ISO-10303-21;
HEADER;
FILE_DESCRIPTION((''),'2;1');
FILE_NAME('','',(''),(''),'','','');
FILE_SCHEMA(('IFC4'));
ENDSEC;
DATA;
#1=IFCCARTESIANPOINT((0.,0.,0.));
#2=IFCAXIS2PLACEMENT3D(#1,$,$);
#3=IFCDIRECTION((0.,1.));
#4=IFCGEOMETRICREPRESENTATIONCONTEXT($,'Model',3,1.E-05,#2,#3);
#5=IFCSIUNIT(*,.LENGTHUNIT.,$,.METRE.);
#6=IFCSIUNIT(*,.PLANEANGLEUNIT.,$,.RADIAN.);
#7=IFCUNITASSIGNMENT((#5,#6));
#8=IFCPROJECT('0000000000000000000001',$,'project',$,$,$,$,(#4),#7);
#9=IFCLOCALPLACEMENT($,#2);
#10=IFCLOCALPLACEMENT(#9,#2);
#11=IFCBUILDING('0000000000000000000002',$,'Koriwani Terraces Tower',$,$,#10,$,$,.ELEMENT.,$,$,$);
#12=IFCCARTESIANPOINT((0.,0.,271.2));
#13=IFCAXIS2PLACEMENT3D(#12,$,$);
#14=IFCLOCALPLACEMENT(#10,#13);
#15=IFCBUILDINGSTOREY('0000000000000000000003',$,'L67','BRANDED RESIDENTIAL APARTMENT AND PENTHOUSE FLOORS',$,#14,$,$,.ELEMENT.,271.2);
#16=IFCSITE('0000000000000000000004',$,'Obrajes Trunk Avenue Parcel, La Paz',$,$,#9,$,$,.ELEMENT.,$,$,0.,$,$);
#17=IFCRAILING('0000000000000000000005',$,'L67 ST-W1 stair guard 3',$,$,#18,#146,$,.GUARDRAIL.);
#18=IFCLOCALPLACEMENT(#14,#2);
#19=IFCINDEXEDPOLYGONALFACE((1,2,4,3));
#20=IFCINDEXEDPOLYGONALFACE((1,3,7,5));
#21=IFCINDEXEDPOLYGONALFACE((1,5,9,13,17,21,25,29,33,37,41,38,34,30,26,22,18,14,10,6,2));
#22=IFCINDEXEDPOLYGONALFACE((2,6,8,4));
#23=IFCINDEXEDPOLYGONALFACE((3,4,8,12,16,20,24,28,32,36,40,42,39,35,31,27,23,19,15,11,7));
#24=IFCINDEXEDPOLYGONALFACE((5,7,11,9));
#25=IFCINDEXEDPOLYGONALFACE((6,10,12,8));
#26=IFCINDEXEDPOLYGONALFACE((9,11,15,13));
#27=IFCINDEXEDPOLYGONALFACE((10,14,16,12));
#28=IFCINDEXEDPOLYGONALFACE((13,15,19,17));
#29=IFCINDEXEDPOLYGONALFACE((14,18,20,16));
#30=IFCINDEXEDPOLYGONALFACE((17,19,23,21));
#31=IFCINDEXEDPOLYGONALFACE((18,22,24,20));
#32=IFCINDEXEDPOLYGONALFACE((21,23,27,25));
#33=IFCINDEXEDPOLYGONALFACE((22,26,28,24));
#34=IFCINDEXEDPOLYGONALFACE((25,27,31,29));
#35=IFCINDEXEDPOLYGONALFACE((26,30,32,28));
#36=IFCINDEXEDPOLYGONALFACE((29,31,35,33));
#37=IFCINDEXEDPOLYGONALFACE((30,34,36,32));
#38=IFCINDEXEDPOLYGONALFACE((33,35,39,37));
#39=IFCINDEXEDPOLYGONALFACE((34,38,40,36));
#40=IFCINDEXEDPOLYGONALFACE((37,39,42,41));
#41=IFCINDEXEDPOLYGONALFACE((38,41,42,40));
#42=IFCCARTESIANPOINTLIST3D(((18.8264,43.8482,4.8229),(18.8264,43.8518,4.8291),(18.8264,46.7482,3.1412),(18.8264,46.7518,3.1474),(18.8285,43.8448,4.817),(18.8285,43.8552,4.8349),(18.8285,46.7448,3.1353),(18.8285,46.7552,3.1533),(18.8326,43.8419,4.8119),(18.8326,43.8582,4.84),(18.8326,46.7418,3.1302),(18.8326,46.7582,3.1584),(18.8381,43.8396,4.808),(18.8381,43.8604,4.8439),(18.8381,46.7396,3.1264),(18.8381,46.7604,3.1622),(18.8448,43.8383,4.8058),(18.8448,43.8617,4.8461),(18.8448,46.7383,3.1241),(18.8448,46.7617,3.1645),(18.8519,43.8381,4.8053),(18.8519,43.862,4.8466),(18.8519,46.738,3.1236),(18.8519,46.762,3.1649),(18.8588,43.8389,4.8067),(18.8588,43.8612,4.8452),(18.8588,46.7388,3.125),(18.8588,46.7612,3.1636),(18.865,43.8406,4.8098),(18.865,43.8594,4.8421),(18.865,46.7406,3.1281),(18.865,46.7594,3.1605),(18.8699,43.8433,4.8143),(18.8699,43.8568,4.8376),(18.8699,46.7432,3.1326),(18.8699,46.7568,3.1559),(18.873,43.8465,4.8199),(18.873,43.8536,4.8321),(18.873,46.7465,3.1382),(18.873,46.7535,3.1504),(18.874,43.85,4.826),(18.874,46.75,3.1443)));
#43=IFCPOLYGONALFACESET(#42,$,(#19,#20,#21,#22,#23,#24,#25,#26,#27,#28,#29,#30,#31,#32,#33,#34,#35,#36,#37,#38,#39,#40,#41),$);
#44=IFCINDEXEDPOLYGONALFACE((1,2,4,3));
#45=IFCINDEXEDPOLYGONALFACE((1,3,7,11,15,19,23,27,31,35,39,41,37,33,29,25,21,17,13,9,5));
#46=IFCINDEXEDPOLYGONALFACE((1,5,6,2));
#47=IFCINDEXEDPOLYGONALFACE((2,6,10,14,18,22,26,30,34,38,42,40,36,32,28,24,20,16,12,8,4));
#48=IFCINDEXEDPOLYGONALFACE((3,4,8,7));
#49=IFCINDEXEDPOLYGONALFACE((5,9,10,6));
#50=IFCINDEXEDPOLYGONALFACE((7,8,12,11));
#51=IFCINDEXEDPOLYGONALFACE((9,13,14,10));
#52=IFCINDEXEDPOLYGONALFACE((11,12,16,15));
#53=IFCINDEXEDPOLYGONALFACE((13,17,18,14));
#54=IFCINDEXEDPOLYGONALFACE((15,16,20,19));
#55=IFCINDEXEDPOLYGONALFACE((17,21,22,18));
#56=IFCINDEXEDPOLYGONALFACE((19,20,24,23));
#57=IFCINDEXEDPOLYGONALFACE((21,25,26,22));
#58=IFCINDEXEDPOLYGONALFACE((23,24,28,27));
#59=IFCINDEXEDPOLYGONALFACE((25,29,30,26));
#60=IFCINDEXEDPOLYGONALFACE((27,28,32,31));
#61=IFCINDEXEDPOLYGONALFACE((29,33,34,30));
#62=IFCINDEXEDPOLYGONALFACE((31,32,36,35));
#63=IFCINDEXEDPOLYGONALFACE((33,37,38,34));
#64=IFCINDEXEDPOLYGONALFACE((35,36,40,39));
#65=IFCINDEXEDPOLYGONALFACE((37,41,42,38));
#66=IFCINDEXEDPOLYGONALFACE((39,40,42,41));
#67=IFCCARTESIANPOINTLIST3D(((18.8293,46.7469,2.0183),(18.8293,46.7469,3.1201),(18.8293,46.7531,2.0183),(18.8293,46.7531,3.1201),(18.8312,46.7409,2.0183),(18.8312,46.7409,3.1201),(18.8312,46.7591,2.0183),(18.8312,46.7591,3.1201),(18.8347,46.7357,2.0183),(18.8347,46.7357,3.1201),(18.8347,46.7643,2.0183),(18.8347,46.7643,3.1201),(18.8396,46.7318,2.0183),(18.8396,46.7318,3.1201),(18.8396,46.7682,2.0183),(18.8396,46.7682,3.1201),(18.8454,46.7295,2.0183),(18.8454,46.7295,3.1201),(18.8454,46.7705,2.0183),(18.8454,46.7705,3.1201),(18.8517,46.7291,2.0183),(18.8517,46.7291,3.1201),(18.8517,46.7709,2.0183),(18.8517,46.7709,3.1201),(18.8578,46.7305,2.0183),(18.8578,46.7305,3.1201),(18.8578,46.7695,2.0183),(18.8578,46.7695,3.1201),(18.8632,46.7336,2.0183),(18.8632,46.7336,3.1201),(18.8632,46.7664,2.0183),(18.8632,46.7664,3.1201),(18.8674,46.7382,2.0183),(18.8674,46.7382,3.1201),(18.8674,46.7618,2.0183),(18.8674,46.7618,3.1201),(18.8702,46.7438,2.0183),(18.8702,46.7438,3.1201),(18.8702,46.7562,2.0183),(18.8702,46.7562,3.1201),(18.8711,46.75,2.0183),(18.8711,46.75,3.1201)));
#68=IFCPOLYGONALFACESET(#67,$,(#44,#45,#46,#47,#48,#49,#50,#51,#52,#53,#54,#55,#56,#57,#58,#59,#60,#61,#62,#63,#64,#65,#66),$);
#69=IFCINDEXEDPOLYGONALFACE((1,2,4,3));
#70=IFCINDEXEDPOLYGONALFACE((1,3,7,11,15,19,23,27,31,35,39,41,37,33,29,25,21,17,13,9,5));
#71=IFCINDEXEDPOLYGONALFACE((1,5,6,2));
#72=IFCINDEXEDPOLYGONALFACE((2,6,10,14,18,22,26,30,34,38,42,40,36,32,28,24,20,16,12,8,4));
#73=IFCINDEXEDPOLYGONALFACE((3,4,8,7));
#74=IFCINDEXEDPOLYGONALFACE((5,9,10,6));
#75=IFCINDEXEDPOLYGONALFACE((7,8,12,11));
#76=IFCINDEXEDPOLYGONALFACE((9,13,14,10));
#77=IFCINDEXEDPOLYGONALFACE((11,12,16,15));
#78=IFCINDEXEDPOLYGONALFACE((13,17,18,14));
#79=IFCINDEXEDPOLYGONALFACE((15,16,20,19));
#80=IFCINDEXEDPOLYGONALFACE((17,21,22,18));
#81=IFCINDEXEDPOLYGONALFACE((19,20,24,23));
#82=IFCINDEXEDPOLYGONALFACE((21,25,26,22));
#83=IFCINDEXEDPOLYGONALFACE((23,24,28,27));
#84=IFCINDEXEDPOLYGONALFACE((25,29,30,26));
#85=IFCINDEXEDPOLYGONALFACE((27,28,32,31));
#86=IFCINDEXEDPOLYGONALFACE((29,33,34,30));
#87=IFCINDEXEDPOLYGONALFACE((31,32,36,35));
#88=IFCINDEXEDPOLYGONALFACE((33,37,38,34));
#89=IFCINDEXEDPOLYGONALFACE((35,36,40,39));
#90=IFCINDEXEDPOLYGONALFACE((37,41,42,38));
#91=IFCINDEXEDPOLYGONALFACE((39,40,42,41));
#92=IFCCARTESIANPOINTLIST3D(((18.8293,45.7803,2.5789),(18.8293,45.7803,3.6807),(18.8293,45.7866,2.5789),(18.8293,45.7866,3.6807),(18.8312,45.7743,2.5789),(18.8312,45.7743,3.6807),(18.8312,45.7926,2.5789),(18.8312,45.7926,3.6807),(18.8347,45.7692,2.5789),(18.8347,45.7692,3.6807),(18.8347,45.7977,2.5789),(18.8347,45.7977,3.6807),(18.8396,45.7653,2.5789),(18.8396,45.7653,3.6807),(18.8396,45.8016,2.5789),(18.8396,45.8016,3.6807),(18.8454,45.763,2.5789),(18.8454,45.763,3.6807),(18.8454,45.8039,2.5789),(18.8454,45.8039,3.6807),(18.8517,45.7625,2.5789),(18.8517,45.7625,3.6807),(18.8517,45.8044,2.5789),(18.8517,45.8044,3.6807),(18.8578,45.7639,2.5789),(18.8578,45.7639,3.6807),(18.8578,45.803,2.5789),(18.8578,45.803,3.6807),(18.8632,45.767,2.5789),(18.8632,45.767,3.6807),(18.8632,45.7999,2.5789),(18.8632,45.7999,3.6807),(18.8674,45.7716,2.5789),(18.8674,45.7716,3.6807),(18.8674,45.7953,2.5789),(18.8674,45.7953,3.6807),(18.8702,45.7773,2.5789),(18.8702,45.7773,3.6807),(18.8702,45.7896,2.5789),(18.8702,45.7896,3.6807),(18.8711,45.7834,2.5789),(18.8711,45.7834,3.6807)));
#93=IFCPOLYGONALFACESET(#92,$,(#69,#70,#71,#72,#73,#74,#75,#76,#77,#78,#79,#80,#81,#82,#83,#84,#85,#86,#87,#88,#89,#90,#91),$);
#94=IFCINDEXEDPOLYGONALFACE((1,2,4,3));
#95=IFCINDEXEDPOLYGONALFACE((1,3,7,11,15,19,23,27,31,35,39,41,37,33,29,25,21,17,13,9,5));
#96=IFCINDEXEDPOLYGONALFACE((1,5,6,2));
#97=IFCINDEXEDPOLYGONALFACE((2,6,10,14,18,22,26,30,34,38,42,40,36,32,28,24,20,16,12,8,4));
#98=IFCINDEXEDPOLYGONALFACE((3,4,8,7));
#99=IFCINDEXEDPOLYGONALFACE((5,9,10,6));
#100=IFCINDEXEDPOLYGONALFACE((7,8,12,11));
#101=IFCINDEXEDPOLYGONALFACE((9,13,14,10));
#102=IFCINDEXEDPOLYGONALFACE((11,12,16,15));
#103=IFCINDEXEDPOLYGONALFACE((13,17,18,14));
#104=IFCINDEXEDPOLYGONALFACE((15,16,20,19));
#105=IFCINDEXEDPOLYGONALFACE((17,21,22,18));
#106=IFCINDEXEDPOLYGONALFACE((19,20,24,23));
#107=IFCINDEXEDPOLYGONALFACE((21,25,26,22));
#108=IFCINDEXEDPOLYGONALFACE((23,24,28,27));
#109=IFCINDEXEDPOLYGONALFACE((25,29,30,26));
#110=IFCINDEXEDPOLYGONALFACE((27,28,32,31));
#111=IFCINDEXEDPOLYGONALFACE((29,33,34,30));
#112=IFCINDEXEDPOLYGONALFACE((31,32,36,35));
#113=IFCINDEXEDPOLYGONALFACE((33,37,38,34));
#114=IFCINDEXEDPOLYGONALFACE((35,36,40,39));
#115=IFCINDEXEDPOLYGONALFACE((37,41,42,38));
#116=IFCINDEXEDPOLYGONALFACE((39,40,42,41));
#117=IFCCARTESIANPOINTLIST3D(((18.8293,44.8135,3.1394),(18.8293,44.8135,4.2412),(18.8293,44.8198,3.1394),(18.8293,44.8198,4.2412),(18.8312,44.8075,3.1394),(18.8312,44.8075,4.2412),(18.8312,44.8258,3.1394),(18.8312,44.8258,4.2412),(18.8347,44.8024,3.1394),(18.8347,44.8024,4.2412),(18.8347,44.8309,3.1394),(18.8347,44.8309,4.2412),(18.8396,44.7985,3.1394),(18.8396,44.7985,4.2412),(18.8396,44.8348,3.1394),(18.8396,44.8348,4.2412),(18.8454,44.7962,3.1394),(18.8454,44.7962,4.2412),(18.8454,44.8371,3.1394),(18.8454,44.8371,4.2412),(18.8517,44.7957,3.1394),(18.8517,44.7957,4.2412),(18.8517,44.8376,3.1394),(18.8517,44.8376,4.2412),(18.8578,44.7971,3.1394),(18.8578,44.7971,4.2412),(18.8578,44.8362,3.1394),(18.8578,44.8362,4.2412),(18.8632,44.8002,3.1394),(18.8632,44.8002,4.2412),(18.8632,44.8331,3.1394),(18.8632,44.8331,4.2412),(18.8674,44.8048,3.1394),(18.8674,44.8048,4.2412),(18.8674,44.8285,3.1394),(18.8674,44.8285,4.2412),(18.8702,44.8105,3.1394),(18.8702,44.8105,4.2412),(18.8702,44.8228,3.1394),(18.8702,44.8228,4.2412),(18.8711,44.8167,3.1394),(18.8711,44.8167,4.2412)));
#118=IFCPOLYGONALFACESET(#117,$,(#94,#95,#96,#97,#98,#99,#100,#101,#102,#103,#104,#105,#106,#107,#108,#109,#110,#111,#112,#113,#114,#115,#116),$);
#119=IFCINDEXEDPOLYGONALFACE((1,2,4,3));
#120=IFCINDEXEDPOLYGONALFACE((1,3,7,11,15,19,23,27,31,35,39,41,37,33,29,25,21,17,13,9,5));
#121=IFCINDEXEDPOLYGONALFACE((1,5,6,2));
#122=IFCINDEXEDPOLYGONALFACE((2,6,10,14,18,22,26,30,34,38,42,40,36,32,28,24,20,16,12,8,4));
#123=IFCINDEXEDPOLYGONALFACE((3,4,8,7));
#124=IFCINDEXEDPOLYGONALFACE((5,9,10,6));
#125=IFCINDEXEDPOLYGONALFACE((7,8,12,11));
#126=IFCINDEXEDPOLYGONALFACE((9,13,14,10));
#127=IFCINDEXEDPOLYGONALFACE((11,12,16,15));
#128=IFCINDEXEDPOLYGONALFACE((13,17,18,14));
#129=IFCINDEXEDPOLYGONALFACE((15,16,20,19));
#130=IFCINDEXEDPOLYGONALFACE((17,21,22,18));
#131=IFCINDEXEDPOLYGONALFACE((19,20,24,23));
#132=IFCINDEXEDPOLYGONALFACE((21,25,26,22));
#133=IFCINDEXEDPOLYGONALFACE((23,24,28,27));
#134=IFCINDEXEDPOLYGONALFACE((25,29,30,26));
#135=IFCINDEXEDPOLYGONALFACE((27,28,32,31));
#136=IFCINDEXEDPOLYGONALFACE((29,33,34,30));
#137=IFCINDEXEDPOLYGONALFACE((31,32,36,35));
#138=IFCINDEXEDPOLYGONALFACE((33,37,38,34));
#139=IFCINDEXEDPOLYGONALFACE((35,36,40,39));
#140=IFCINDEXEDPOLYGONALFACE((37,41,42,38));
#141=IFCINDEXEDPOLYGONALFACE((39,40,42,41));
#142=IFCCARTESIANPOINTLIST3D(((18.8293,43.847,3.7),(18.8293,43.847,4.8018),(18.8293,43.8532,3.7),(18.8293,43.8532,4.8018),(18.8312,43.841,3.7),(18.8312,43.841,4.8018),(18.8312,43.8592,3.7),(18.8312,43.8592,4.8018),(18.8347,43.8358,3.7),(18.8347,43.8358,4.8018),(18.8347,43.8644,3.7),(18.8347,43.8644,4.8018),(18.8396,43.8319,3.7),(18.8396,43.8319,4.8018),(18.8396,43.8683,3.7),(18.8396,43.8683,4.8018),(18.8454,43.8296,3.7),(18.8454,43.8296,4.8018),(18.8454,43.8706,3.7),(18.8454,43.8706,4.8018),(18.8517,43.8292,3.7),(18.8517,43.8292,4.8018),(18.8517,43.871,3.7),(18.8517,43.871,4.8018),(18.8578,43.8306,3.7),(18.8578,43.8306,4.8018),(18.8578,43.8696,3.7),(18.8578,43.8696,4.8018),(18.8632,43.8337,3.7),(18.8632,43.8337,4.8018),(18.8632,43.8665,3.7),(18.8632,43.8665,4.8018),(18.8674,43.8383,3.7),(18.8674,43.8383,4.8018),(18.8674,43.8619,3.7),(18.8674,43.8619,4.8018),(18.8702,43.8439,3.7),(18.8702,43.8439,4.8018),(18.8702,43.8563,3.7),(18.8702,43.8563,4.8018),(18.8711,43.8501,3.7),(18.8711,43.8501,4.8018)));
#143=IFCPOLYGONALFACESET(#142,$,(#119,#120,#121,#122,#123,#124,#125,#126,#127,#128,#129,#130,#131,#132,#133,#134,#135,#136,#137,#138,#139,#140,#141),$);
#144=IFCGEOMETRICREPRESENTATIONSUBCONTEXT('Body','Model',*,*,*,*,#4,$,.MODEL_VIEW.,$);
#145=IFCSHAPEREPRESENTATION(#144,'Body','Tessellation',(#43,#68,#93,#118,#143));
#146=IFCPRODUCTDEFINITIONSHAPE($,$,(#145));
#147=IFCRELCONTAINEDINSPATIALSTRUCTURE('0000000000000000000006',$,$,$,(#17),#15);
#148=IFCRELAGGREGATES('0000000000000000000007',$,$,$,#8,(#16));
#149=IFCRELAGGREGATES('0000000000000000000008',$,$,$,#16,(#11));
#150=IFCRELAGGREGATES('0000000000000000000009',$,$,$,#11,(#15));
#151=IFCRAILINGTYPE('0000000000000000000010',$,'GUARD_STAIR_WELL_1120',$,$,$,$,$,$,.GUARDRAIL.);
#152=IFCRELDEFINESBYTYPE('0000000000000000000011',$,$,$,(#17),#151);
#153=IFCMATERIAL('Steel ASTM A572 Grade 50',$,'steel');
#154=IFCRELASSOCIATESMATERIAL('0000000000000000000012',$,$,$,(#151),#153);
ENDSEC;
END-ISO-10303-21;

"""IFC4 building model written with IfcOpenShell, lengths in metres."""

from ifc_helpers import new_model, si_unit, direction, frame, origin, origin_2d, place, context, subcontext, project, spatial, circle, extrude, material, type_object, element, save


model = new_model("IFC4")

# Units and contexts
model_context = context("Model", 3, precision=1e-05, world=origin(), true_north=direction((0.0, 1.0)))
body_context = subcontext(model_context, "Body", "Model", "MODEL_VIEW")
ifc_project = project(units=[si_unit("LENGTHUNIT", "METRE"), si_unit("PLANEANGLEUNIT", "RADIAN")], contexts=[model_context])

# Site, building, storey
site_placement = place(None, origin())
site = spatial("IfcSite", under=ifc_project, at=site_placement, Name="Obrajes Trunk Avenue Parcel, La Paz", CompositionType="ELEMENT", RefElevation=0.0)
building_placement = place(site_placement, origin())
building = spatial("IfcBuilding", under=site, at=building_placement, Name="Koriwani Terraces Tower", CompositionType="ELEMENT")
storey_placement = place(building_placement, frame((0.0, 0.0, 271.2)))
storey = spatial("IfcBuildingStorey", under=building, at=storey_placement, Name="L67", Description="BRANDED RESIDENTIAL APARTMENT AND PENTHOUSE FLOORS", CompositionType="ELEMENT", Elevation=271.2)

# Shared definitions
ifc_material_1 = material(Name="Steel ASTM A572 Grade 50", Category="steel")

# Railing
railing_type_1 = type_object("IfcRailingType", Name="GUARD_STAIR_WELL_1120", PredefinedType="GUARDRAIL", material=ifc_material_1)
railing_1_placement = place(storey_placement, frame((18.8501, 46.75, 2.0183)))
element("IfcRailing", 1, at=railing_1_placement, inside=storey, type_object=railing_type_1, Name="L67 ST-W1 stair guard 3", PredefinedType="GUARDRAIL", context=body_context, shape_type="SweptSolid", body=[
    extrude(circle(Radius=0.0239, at=origin_2d()), frame((0.0, 0.0, 1.126), z_axis=(0.0, -0.86507, 0.501651), x_axis=(1.0, 0.0, 0.0)), (0.0, 0.0, 1.0), 3.3523),
    extrude(circle(Radius=0.021, at=origin_2d()), origin(), (0.0, 0.0, 1.0), 1.1018),
    extrude(circle(Radius=0.021, at=origin_2d()), frame((0.0, -0.9666, 0.5605)), (0.0, 0.0, 1.0), 1.1018),
    extrude(circle(Radius=0.021, at=origin_2d()), frame((0.0, -1.9333, 1.1211)), (0.0, 0.0, 1.0), 1.1018),
    extrude(circle(Radius=0.021, at=origin_2d()), frame((0.0, -2.8999, 1.6816)), (0.0, 0.0, 1.0), 1.1018),
])

save(model, "model.ifc")
